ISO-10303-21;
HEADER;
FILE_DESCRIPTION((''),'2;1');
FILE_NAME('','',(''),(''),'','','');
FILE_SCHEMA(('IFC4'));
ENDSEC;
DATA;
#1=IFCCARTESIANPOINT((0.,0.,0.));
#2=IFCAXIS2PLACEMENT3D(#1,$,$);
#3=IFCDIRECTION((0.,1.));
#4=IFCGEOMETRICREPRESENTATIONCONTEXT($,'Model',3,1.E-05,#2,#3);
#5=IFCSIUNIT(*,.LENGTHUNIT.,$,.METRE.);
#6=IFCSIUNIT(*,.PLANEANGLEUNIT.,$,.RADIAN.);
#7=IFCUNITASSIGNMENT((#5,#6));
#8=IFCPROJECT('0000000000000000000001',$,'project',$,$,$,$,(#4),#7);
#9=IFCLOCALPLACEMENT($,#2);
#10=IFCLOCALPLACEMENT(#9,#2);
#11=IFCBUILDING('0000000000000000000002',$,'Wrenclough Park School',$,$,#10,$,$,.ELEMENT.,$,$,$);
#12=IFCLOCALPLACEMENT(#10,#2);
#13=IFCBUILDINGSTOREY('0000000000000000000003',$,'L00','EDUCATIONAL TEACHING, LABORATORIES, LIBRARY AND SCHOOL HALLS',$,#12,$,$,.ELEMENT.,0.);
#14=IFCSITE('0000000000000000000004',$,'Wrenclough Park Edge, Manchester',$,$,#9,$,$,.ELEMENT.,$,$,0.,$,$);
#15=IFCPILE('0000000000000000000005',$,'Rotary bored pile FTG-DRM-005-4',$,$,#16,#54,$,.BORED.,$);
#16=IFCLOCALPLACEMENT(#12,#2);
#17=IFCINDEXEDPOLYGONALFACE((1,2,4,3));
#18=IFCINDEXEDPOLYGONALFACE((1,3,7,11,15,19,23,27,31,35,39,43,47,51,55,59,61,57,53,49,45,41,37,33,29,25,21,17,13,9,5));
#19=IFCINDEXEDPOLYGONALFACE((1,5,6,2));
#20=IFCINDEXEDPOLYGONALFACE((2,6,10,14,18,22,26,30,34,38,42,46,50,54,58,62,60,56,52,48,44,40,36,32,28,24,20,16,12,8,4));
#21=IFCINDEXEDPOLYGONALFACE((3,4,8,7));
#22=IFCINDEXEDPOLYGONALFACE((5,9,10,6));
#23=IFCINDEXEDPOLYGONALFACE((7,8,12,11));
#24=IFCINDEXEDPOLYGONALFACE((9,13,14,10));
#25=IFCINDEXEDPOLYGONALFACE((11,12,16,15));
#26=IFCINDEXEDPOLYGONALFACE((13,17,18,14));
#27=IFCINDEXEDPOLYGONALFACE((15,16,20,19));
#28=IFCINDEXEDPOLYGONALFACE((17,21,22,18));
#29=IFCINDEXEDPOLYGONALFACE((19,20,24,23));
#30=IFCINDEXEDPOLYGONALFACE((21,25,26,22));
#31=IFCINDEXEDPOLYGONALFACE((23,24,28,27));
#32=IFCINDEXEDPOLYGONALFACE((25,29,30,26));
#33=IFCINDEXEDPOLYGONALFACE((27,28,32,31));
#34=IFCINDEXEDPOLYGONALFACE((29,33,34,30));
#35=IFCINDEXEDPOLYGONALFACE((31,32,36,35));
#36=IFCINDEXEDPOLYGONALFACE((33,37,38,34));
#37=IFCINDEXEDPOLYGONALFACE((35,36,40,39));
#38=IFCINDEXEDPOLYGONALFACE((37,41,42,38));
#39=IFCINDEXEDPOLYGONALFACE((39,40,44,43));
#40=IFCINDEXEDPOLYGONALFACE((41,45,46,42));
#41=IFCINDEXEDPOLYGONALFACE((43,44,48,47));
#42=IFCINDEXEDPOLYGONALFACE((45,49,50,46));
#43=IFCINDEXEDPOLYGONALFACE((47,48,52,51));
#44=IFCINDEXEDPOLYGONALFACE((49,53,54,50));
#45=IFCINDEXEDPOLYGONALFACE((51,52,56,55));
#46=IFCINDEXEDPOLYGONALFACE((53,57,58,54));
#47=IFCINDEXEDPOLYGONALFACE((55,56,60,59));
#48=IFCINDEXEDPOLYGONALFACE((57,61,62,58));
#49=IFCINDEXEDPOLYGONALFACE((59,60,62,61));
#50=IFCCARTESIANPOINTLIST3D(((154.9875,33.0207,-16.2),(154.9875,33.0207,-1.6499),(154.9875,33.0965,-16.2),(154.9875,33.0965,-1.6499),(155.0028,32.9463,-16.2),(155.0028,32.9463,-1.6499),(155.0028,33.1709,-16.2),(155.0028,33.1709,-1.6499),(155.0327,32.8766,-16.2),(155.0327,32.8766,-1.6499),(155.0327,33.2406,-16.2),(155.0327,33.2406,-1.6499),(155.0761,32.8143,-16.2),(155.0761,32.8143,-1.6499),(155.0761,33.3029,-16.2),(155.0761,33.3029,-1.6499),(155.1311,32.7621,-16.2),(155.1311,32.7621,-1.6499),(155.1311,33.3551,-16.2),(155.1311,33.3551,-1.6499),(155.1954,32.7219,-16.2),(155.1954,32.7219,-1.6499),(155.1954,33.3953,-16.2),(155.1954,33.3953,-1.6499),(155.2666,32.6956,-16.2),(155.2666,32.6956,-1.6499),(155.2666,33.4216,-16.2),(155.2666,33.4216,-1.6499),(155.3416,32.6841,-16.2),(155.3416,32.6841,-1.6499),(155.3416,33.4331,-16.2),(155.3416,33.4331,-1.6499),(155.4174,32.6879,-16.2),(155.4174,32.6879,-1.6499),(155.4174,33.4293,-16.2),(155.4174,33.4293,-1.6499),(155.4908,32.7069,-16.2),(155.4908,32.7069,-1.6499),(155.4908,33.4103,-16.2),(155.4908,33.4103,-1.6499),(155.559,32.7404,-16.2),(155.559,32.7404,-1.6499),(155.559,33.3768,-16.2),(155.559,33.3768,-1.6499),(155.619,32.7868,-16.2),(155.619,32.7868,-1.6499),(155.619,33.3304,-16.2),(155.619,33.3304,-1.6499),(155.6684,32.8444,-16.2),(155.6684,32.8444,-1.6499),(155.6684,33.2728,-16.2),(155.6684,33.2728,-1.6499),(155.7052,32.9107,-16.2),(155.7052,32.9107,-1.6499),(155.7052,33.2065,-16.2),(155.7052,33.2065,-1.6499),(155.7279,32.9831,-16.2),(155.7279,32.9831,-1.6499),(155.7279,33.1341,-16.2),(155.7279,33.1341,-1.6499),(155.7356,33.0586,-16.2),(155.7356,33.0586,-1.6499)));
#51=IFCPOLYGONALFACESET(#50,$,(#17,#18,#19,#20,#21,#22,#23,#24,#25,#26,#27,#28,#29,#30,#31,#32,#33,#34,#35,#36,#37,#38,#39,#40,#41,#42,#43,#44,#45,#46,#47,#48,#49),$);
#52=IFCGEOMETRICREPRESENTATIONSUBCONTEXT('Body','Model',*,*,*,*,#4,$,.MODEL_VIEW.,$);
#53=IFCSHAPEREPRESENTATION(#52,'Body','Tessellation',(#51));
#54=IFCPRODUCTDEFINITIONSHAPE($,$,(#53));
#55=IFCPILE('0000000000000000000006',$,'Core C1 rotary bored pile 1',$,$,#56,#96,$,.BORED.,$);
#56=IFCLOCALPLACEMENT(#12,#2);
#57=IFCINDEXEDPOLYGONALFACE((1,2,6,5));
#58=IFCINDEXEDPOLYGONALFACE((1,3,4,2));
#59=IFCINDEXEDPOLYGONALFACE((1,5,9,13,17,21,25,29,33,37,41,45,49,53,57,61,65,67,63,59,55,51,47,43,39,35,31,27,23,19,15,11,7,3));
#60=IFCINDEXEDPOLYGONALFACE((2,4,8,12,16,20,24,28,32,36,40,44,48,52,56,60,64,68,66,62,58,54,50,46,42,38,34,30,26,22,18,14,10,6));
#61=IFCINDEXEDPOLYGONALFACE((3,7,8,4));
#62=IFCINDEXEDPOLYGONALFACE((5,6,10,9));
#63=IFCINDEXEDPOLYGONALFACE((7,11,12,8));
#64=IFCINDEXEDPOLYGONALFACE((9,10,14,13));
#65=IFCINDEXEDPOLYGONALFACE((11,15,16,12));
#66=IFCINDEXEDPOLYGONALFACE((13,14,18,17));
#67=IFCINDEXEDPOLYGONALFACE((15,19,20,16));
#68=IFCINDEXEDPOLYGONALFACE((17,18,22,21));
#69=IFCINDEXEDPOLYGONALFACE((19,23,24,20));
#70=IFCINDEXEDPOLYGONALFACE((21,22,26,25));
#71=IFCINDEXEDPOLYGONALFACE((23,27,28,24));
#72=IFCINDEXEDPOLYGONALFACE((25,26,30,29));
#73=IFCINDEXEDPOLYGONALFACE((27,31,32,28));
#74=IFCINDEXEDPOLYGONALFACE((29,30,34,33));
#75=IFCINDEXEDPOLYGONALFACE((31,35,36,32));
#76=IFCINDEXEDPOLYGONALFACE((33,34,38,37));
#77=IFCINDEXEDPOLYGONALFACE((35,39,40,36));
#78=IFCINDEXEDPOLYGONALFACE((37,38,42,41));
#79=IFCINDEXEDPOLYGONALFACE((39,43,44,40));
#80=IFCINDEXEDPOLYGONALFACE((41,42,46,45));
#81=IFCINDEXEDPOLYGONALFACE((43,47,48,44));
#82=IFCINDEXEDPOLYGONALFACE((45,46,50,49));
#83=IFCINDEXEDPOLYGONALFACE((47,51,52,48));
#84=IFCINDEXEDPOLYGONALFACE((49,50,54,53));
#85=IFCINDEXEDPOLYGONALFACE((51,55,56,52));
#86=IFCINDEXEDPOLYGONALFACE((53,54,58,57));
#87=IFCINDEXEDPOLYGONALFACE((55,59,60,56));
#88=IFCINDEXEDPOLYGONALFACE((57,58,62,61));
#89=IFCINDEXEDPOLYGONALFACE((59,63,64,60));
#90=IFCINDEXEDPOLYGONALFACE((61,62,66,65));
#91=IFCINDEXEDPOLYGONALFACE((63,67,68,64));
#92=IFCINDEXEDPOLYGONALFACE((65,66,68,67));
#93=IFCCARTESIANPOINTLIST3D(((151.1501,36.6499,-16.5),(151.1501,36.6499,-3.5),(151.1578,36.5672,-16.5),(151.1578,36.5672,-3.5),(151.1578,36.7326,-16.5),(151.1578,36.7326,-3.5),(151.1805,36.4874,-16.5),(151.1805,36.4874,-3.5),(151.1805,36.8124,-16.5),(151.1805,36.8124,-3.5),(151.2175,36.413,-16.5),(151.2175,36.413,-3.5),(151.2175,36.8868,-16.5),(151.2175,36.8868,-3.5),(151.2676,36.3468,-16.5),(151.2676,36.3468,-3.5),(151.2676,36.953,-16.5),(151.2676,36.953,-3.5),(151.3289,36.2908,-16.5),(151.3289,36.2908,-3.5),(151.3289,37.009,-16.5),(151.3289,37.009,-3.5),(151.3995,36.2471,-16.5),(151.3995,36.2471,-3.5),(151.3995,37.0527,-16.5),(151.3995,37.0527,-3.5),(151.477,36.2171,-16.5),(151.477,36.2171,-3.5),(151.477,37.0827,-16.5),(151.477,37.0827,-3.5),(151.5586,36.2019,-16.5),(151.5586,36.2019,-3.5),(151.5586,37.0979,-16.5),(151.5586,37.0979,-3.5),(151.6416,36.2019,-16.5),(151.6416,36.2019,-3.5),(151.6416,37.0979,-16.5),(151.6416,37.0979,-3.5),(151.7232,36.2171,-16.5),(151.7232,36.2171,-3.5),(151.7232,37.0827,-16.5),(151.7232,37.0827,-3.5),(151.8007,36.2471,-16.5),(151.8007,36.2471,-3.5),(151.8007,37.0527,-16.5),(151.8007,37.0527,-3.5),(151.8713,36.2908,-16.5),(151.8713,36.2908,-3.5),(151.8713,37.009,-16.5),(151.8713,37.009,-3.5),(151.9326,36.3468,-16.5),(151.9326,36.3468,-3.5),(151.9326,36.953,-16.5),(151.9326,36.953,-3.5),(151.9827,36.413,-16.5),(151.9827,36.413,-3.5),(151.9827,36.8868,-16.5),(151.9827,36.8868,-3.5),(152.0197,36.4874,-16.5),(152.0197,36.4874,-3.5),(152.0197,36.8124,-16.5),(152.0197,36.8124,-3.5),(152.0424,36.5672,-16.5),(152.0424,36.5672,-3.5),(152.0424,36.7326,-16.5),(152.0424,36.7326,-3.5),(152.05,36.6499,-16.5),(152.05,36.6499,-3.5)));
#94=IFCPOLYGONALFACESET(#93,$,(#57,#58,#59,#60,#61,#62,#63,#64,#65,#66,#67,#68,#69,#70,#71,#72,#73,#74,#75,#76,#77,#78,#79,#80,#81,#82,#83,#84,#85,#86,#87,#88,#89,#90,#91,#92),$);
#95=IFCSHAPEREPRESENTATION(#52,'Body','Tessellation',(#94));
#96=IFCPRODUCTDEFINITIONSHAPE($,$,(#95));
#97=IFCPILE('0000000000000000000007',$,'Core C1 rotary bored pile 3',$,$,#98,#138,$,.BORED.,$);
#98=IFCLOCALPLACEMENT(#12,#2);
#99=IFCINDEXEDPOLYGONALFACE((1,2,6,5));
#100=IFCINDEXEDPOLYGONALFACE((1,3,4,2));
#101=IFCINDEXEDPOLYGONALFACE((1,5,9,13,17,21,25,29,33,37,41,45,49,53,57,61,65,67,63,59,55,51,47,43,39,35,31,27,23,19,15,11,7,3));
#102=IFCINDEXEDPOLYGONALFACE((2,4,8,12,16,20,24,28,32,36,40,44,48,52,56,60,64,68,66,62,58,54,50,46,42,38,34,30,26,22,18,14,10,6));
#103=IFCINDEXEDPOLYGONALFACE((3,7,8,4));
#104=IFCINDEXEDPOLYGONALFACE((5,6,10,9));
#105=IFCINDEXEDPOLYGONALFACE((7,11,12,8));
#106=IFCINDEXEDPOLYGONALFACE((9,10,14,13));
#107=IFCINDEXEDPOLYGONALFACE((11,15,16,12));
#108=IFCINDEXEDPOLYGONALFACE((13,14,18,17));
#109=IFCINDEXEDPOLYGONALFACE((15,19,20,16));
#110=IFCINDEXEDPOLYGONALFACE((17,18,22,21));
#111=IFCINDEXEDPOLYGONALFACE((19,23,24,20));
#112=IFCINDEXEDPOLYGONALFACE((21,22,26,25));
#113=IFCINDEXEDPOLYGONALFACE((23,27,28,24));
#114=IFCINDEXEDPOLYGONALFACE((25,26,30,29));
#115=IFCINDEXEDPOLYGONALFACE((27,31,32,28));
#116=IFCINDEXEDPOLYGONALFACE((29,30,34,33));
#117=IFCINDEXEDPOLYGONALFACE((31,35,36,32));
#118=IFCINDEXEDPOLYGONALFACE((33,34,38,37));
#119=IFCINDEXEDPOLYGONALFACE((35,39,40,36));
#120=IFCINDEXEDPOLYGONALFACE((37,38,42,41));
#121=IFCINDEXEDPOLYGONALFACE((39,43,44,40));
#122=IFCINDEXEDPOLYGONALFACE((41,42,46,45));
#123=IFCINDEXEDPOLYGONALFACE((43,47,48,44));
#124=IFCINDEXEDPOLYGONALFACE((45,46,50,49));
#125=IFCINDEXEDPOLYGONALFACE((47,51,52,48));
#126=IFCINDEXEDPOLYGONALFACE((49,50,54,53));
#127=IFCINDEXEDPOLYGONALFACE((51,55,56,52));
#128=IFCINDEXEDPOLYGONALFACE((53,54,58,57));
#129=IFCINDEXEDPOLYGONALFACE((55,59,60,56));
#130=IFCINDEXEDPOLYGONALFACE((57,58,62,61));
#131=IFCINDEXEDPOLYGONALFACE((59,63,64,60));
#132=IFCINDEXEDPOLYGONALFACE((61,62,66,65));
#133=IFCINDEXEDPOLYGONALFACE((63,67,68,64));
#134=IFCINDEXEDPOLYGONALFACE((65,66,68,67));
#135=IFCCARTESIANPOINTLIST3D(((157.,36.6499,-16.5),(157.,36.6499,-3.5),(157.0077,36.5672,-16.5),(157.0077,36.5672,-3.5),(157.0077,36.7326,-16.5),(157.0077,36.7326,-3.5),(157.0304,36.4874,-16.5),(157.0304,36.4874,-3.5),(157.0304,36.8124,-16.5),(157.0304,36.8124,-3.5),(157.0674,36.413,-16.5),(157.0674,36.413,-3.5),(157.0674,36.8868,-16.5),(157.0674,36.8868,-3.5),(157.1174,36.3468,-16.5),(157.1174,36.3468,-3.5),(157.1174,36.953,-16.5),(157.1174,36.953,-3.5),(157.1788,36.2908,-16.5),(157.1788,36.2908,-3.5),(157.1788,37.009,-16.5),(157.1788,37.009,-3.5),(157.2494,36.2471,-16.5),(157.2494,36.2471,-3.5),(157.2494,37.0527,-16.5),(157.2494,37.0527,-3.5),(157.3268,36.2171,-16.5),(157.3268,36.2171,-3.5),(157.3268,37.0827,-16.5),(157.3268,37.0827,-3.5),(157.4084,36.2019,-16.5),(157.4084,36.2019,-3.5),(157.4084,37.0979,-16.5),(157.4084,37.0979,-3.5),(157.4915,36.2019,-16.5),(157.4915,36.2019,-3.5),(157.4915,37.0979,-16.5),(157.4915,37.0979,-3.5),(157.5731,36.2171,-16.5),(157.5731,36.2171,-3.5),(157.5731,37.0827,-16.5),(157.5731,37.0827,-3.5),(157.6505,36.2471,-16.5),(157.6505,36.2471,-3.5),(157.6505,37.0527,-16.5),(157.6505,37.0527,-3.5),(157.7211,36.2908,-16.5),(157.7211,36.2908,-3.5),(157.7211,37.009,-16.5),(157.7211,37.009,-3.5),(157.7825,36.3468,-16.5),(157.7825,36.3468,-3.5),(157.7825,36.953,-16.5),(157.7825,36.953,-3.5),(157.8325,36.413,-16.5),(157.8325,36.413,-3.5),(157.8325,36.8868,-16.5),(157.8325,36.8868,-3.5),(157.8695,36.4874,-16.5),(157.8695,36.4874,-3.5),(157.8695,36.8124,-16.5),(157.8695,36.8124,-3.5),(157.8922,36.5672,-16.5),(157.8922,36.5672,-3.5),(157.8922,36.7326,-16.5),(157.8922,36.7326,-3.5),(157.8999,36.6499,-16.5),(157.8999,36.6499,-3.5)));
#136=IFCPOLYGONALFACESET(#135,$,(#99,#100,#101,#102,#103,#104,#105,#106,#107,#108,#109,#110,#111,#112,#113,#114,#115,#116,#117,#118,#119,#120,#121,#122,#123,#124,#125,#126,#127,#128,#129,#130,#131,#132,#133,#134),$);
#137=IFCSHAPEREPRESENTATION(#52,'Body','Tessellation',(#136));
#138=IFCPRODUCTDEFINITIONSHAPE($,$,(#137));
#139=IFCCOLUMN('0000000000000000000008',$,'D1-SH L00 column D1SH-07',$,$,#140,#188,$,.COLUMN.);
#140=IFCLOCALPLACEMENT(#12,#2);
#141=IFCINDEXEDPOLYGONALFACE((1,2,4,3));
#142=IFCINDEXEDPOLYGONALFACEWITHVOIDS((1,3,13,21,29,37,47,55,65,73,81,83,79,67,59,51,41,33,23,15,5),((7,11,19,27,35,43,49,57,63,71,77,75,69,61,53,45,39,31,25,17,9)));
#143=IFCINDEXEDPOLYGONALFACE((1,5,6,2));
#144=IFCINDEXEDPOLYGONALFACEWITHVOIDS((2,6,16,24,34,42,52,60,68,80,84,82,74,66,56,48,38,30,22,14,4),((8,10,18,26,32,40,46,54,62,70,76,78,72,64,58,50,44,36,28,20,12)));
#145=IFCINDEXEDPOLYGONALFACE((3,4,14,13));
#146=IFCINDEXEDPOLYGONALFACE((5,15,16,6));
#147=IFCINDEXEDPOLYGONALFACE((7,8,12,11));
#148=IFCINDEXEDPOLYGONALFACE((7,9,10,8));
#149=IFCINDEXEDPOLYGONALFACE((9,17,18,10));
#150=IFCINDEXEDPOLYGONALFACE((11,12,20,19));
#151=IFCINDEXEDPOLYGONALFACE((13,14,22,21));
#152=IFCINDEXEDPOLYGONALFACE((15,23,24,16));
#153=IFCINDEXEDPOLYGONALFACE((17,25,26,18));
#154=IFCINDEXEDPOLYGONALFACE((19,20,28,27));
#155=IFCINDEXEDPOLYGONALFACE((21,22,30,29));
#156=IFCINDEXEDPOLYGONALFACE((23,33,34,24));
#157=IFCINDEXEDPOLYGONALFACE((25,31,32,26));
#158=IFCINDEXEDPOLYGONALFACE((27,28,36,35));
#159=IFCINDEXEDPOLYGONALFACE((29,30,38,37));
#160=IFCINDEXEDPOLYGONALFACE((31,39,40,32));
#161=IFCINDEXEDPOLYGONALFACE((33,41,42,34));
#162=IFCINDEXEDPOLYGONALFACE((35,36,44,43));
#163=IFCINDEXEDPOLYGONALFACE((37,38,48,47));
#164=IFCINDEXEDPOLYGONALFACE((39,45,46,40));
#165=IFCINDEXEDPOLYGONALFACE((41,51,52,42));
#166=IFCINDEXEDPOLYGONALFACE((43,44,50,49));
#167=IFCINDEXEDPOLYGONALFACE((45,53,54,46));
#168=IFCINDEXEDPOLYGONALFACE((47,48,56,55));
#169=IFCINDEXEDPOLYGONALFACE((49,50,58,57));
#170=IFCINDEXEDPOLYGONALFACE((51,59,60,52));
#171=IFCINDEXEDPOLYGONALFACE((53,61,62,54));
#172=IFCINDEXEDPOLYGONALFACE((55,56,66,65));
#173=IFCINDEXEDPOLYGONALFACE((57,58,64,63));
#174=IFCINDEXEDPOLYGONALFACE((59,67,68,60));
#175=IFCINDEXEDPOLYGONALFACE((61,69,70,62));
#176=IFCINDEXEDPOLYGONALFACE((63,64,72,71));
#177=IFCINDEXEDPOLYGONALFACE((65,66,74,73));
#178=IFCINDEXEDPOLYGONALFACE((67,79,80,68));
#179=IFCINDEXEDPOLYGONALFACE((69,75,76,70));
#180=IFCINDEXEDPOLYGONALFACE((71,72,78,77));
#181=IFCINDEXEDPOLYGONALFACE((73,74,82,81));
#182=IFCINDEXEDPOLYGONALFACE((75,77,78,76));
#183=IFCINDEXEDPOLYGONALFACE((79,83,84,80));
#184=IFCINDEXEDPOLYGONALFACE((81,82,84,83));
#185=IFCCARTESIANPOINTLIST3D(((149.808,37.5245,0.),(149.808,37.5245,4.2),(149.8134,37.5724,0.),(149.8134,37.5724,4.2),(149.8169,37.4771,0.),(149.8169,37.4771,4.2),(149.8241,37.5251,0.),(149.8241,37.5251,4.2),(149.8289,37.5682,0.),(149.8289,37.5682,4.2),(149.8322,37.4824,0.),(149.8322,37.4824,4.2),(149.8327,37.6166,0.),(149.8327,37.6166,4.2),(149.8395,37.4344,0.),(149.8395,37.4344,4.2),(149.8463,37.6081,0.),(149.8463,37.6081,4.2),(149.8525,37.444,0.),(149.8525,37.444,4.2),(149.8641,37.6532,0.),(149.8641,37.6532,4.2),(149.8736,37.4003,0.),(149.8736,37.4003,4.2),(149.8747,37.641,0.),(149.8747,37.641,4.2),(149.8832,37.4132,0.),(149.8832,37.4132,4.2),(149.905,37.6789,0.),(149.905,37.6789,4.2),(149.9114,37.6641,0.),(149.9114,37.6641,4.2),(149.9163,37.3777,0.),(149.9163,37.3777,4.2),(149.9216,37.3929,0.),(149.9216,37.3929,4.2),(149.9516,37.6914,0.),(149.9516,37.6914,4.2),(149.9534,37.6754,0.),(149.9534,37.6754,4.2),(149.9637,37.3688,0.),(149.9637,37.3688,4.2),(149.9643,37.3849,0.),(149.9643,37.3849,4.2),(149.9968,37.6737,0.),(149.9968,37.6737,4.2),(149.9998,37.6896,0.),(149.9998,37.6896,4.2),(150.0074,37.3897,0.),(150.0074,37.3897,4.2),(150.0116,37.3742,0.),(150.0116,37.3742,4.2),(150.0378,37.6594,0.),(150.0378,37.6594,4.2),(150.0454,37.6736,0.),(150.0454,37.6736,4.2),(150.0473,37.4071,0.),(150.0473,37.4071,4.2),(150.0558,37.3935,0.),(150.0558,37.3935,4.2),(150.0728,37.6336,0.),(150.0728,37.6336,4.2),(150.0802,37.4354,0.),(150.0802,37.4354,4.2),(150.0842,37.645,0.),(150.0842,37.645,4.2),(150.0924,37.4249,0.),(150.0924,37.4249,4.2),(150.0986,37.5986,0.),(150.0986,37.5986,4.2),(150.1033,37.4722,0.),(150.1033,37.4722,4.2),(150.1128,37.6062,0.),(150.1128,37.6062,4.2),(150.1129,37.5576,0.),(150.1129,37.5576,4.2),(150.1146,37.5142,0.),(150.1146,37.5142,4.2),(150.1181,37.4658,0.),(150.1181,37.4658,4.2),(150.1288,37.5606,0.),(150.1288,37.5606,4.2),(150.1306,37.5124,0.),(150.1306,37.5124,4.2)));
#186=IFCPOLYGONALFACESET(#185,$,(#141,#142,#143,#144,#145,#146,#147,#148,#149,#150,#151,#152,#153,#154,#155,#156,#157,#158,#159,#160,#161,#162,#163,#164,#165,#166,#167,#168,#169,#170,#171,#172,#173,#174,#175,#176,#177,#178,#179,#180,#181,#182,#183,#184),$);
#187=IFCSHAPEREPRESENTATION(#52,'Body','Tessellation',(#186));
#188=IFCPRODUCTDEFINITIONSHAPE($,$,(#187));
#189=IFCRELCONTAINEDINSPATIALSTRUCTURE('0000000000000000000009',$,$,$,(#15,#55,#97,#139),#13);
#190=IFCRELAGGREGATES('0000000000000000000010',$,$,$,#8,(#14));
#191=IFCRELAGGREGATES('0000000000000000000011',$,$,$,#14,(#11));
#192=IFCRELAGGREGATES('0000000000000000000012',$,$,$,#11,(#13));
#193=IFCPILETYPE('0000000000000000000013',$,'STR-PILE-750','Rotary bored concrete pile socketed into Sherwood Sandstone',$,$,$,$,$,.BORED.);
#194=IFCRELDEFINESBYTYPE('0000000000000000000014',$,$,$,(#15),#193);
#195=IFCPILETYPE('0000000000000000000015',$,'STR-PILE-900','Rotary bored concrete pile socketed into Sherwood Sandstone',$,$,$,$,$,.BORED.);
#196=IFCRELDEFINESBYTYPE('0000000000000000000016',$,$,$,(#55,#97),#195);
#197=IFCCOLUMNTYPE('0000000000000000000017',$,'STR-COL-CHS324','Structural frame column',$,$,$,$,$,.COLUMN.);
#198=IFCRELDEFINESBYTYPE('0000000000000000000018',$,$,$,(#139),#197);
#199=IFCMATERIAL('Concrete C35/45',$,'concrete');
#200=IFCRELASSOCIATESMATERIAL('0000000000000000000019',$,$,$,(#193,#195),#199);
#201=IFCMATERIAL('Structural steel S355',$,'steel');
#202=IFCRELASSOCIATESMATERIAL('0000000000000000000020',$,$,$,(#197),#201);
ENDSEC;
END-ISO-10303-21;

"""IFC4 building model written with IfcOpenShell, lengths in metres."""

from ifc_helpers import new_model, si_unit, direction, frame, origin, origin_2d, place, context, subcontext, project, spatial, circle, hollow_circle, extrude, material, material_profile, profile_set, type_object, element, save


model = new_model("IFC4")

# Units and contexts
model_context = context("Model", 3, precision=1e-05, world=origin(), true_north=direction((0.0, 1.0)))
body_context = subcontext(model_context, "Body", "Model", "MODEL_VIEW")
ifc_project = project(units=[si_unit("LENGTHUNIT", "METRE"), si_unit("PLANEANGLEUNIT", "RADIAN")], contexts=[model_context])

# Site, building, storey
site_placement = place(None, origin())
site = spatial("IfcSite", under=ifc_project, at=site_placement, Name="Wrenclough Park Edge, Manchester", CompositionType="ELEMENT", RefElevation=0.0)
building_placement = place(site_placement, origin())
building = spatial("IfcBuilding", under=site, at=building_placement, Name="Wrenclough Park School", CompositionType="ELEMENT")
storey_placement = place(building_placement, origin())
storey = spatial("IfcBuildingStorey", under=building, at=storey_placement, Name="L00", Description="EDUCATIONAL TEACHING, LABORATORIES, LIBRARY AND SCHOOL HALLS", CompositionType="ELEMENT", Elevation=0.0)

# Shared definitions
ifc_material_1 = material(Name="Concrete C35/45", Category="concrete")

# Piles
ifc_material_profile_1 = material_profile(ifc_material_1, circle(Radius=0.375, at=origin_2d()), Name="BORED PILE D750")
ifc_profile_set_1 = profile_set([ifc_material_profile_1], Name="Concrete C35/45")
pile_type_1 = type_object("IfcPileType", Name="STR-PILE-750", Description="Rotary bored concrete pile socketed into Sherwood Sandstone", PredefinedType="BORED", material=ifc_profile_set_1)
for number, where, z_axis, x_axis, name in (
    (1, (155.3606, 33.0586, -1.6499), (0.0, 0.0, -1.0), (1.0, 0.0, 0.0), "Rotary bored pile FTG-DRM-005-4"),
):
    element("IfcPile", number, at=place(storey_placement, frame(where, z_axis=z_axis, x_axis=x_axis)), inside=storey, type_object=pile_type_1, Name=name, PredefinedType="BORED", context=body_context, shape_type="SweptSolid", body=[
        extrude(circle(Radius=0.375, at=origin_2d()), origin(), (0.0, 0.0, 1.0), 14.55),
    ])
ifc_material_profile_2 = material_profile(ifc_material_1, circle(Radius=0.45, at=origin_2d()), Name="BORED PILE D900")
ifc_profile_set_2 = profile_set([ifc_material_profile_2], Name="Concrete C35/45")
pile_type_2 = type_object("IfcPileType", Name="STR-PILE-900", Description="Rotary bored concrete pile socketed into Sherwood Sandstone", PredefinedType="BORED", material=ifc_profile_set_2)
for number, where, z_axis, x_axis, name in (
    (2, (151.6001, 36.6499, -3.5), (0.0, 0.0, -1.0), (1.0, 0.0, 0.0), "Core C1 rotary bored pile 1"),
    (3, (157.45, 36.6499, -3.5), (0.0, 0.0, -1.0), (1.0, 0.0, 0.0), "Core C1 rotary bored pile 3"),
):
    element("IfcPile", number, at=place(storey_placement, frame(where, z_axis=z_axis, x_axis=x_axis)), inside=storey, type_object=pile_type_2, Name=name, PredefinedType="BORED", context=body_context, shape_type="SweptSolid", body=[
        extrude(circle(Radius=0.45, at=origin_2d()), origin(), (0.0, 0.0, 1.0), 13.0),
    ])

# Column
ifc_material_2 = material(Name="Structural steel S355", Category="steel")
ifc_material_profile_3 = material_profile(ifc_material_2, hollow_circle(Radius=0.1619, WallThickness=0.0161, at=origin_2d()), Name="CHS 323.9x16.0")
ifc_profile_set_3 = profile_set([ifc_material_profile_3], Name="Structural steel S355")
column_type_1 = type_object("IfcColumnType", Name="STR-COL-CHS324", Description="Structural frame column", PredefinedType="COLUMN", material=ifc_profile_set_3)
for number, where, z_axis, x_axis, name in (
    (4, (149.9697, 37.5305, 0.0), (0.0, 0.0, 1.0), (0.258819, -0.965926, 0.0), "D1-SH L00 column D1SH-07"),
):
    element("IfcColumn", number, at=place(storey_placement, frame(where, z_axis=z_axis, x_axis=x_axis)), inside=storey, type_object=column_type_1, Name=name, PredefinedType="COLUMN", context=body_context, shape_type="SweptSolid", body=[
        extrude(hollow_circle(Radius=0.1619, WallThickness=0.0161, at=origin_2d()), origin(), (0.0, 0.0, 1.0), 4.2),
    ])

save(model, "model.ifc")
